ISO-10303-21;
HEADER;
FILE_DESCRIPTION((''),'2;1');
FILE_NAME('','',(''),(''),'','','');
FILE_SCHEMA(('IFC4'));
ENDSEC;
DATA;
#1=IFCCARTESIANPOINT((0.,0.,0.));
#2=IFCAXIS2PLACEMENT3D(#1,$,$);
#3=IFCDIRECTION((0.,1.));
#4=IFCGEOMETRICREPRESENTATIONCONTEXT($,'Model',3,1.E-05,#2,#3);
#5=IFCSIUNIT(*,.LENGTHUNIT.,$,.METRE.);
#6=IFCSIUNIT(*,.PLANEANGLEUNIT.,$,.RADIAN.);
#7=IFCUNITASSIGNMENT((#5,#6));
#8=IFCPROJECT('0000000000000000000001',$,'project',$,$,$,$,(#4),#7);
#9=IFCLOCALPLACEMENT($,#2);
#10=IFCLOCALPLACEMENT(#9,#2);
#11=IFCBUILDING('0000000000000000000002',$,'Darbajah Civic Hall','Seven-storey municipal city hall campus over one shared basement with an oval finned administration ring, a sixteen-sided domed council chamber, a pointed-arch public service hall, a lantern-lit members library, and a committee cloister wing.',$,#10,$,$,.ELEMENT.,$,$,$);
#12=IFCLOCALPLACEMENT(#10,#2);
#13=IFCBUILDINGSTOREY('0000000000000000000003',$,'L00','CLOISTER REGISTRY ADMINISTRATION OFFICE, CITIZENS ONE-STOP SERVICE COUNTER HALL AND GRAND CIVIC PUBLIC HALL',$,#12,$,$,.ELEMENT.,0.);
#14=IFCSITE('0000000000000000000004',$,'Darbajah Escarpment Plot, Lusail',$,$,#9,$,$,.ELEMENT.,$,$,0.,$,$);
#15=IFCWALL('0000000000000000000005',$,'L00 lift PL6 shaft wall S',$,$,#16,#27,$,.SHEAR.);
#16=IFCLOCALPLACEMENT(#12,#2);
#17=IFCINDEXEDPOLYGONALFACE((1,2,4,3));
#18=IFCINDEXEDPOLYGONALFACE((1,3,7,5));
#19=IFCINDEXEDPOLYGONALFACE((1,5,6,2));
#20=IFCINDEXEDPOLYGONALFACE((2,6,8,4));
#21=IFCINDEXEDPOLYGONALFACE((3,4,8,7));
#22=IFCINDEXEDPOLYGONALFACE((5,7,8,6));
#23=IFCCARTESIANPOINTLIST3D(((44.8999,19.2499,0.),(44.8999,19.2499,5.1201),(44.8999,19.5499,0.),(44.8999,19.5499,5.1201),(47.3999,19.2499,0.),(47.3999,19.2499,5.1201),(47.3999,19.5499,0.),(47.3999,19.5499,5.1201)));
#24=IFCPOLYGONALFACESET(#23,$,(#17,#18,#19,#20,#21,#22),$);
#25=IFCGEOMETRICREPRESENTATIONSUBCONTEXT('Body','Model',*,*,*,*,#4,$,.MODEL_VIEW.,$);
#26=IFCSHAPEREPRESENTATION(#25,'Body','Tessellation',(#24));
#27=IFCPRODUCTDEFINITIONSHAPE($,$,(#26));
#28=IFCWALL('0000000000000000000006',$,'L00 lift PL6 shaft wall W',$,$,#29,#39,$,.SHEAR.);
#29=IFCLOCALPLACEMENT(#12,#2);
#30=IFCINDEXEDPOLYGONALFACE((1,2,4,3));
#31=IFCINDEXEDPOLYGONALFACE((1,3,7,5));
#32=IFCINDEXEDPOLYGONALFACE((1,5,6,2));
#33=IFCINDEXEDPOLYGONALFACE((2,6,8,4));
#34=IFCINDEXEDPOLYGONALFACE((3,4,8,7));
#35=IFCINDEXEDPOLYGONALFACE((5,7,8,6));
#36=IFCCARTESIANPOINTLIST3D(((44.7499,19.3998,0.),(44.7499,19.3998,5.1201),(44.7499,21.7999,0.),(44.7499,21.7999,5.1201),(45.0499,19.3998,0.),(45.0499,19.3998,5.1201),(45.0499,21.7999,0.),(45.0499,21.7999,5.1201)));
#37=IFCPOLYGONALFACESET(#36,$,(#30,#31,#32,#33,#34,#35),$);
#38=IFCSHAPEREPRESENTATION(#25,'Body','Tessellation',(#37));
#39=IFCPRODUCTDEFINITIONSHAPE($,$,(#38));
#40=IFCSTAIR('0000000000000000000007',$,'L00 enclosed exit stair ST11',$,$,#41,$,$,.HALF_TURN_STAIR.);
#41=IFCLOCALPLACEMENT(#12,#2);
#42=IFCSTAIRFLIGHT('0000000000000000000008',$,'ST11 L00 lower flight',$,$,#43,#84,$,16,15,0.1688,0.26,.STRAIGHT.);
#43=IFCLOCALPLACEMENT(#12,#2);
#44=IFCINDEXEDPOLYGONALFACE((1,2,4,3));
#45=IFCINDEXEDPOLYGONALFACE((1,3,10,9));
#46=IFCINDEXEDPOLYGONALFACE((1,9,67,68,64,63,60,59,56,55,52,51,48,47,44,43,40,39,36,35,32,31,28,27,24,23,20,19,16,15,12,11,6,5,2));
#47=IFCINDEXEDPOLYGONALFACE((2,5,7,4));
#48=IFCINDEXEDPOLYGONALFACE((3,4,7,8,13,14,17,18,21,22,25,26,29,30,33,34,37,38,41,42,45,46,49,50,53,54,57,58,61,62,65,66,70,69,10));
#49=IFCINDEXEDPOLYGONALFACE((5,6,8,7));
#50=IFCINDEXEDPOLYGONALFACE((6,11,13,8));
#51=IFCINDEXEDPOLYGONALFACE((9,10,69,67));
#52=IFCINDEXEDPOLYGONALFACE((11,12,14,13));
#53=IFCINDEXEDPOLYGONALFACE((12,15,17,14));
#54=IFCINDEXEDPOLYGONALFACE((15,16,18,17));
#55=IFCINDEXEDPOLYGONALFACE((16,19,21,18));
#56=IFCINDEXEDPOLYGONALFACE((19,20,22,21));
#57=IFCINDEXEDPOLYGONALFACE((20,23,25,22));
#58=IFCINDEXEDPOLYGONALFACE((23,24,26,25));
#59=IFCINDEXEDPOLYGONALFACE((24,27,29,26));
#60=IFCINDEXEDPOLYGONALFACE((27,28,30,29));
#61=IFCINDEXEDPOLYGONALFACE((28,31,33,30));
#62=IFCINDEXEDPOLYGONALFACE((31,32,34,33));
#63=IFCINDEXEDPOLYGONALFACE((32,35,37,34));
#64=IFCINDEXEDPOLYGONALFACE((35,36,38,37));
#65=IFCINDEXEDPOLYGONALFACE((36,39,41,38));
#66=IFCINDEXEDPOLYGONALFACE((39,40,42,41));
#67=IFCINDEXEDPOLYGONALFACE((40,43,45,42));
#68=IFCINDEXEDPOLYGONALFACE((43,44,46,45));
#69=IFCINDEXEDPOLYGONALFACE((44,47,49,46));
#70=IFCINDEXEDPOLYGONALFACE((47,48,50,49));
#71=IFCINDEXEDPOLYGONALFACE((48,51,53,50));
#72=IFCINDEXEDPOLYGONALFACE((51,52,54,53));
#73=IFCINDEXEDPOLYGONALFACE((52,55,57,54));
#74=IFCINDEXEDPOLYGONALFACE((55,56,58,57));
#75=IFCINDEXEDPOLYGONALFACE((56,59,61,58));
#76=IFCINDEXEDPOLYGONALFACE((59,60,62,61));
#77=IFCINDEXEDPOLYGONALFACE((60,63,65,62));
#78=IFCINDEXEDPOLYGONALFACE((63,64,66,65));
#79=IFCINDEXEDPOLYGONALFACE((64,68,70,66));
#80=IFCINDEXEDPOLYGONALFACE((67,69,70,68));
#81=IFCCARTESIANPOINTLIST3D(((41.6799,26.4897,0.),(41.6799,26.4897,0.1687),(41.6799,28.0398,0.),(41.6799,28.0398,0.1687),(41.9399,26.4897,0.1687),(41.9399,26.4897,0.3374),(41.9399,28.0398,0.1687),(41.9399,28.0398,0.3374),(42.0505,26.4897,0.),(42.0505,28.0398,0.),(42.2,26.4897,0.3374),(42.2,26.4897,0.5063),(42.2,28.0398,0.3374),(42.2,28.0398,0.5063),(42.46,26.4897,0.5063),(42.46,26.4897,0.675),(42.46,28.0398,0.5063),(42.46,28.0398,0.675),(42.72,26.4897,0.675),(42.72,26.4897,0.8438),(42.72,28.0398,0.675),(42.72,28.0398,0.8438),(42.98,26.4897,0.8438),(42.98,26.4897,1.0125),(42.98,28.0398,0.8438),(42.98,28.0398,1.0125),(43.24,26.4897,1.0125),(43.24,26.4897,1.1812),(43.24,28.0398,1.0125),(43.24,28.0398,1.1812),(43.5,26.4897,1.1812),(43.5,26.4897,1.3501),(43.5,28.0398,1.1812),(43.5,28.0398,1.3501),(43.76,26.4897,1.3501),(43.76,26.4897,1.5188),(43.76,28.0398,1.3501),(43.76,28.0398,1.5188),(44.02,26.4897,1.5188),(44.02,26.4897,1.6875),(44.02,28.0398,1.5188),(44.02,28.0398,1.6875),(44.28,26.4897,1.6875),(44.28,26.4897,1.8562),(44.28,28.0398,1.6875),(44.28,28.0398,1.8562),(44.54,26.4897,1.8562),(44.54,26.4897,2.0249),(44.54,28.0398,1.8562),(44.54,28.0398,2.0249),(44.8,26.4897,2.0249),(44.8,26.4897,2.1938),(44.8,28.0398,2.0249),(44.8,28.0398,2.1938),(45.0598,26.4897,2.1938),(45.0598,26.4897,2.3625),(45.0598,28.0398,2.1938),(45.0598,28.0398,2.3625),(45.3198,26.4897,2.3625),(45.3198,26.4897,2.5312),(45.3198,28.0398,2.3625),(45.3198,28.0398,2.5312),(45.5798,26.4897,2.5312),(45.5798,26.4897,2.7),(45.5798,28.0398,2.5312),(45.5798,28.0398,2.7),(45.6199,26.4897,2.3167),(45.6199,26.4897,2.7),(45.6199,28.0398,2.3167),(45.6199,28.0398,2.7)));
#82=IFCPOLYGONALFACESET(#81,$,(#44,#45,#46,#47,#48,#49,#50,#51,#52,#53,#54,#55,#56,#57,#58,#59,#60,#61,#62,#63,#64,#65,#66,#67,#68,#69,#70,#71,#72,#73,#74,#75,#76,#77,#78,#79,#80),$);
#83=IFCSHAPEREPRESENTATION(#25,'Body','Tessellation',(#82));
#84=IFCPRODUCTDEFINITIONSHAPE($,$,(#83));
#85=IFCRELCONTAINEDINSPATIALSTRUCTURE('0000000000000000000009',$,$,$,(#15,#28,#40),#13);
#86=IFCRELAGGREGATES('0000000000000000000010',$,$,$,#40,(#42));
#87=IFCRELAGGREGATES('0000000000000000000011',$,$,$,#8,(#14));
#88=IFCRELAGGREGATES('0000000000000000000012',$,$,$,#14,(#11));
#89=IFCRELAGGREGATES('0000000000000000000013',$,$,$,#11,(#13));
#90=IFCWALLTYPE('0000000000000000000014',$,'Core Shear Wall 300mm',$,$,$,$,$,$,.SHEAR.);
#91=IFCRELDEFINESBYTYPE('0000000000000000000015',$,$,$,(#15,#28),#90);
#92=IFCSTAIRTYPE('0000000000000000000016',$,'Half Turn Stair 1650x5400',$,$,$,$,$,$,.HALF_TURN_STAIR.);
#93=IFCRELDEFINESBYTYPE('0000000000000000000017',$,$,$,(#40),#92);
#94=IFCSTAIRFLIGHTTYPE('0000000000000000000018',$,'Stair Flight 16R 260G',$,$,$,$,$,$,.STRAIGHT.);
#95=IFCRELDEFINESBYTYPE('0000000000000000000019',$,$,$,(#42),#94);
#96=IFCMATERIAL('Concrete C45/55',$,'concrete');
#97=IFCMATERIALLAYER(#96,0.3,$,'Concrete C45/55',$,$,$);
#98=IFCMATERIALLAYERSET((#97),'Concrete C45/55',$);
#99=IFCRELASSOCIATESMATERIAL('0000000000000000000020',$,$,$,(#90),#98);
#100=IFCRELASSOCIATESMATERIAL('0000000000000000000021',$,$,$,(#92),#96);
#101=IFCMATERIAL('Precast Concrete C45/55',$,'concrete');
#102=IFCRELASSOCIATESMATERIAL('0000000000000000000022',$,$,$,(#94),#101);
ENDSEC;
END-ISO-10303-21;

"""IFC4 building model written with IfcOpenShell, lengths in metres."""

from ifc_helpers import new_model, si_unit, direction, frame, frame_2d, origin, place, context, subcontext, project, spatial, polyline, rectangle, outline, extrude, material, layer, layer_set, type_object, element, aggregate, save


model = new_model("IFC4")

# Units and contexts
model_context = context("Model", 3, precision=1e-05, world=origin(), true_north=direction((0.0, 1.0)))
body_context = subcontext(model_context, "Body", "Model", "MODEL_VIEW")
ifc_project = project(units=[si_unit("LENGTHUNIT", "METRE"), si_unit("PLANEANGLEUNIT", "RADIAN")], contexts=[model_context])

# Site, building, storey
site_placement = place(None, origin())
site = spatial("IfcSite", under=ifc_project, at=site_placement, Name="Darbajah Escarpment Plot, Lusail", CompositionType="ELEMENT", RefElevation=0.0)
building_placement = place(site_placement, origin())
building = spatial("IfcBuilding", under=site, at=building_placement, Name="Darbajah Civic Hall", Description="Seven-storey municipal city hall campus over one shared basement with an oval finned administration ring, a sixteen-sided domed council chamber, a pointed-arch public service hall, a lantern-lit members library, and a committee cloister wing.", CompositionType="ELEMENT")
storey_placement = place(building_placement, origin())
storey = spatial("IfcBuildingStorey", under=building, at=storey_placement, Name="L00", Description="CLOISTER REGISTRY ADMINISTRATION OFFICE, CITIZENS ONE-STOP SERVICE COUNTER HALL AND GRAND CIVIC PUBLIC HALL", CompositionType="ELEMENT", Elevation=0.0)

# Shared definitions
ifc_material_1 = material(Name="Concrete C45/55", Category="concrete")

# Shared definitions
ifc_layer = layer(ifc_material_1, 0.3, Name="Concrete C45/55")
ifc_layer_set = layer_set([ifc_layer], Name="Concrete C45/55")
wall_type = type_object("IfcWallType", Name="Core Shear Wall 300mm", PredefinedType="SHEAR", material=ifc_layer_set)

# Walls
wall_1_placement = place(storey_placement, frame((44.8999, 19.3999, 0.0), z_axis=(0.0, 0.0, 1.0), x_axis=(1.0, 0.0, 0.0)))
element("IfcWall", 1, at=wall_1_placement, inside=storey, type_object=wall_type, Name="L00 lift PL6 shaft wall S", PredefinedType="SHEAR", context=body_context, shape_type="SweptSolid", body=[
    extrude(rectangle(XDim=2.5, YDim=0.3, at=frame_2d((1.25, 0.0))), origin(), (0.0, 0.0, 1.0), 5.1201),
])
wall_2_placement = place(storey_placement, frame((44.8999, 21.8, 0.0), z_axis=(0.0, 0.0, 1.0), x_axis=(0.0, -1.0, 0.0)))
element("IfcWall", 2, at=wall_2_placement, inside=storey, type_object=wall_type, Name="L00 lift PL6 shaft wall W", PredefinedType="SHEAR", context=body_context, shape_type="SweptSolid", body=[
    extrude(rectangle(XDim=2.4001, YDim=0.3, at=frame_2d((1.2002, 0.0))), origin(), (0.0, 0.0, 1.0), 5.1201),
])

# Stair, stair flight
stair_type = type_object("IfcStairType", Name="Half Turn Stair 1650x5400", PredefinedType="HALF_TURN_STAIR", material=ifc_material_1)
stair_placement = place(storey_placement, origin())
stair = element("IfcStair", 3, at=stair_placement, inside=storey, type_object=stair_type, Name="L00 enclosed exit stair ST11", PredefinedType="HALF_TURN_STAIR")
ifc_material_2 = material(Name="Precast Concrete C45/55", Category="concrete")
stair_flight_type = type_object("IfcStairFlightType", Name="Stair Flight 16R 260G", PredefinedType="STRAIGHT", material=ifc_material_2)
stair_flight_placement = place(storey_placement, frame((41.6799, 27.2649, 0.0), z_axis=(0.0, 0.0, 1.0), x_axis=(1.0, 0.0, 0.0)))
stair_flight = element("IfcStairFlight", 4, at=stair_flight_placement, type_object=stair_flight_type, Name="ST11 L00 lower flight", NumberOfRisers=16, NumberOfTreads=15, PredefinedType="STRAIGHT", RiserHeight=0.1688, TreadLength=0.26, context=body_context, shape_type="SweptSolid", body=[
    extrude(outline(polyline([(0.0, 0.0), (0.0, 0.1687), (0.26, 0.1687), (0.26, 0.3374), (0.52, 0.3374), (0.52, 0.5063), (0.78, 0.5063), (0.78, 0.675), (1.04, 0.675), (1.04, 0.8438), (1.3, 0.8438), (1.3, 1.0125), (1.5601, 1.0125), (1.5601, 1.1812), (1.8201, 1.1812), (1.8201, 1.3501), (2.0801, 1.3501), (2.0801, 1.5188), (2.3401, 1.5188), (2.3401, 1.6875), (2.6001, 1.6875), (2.6001, 1.8562), (2.8601, 1.8562), (2.8601, 2.0249), (3.1201, 2.0249), (3.1201, 2.1938), (3.3799, 2.1938), (3.3799, 2.3625), (3.6399, 2.3625), (3.6399, 2.5312), (3.8999, 2.5312), (3.8999, 2.7), (3.9399, 2.7), (3.9399, 2.3167), (0.3706, 0.0), (0.0, 0.0)])), frame((0.0, 0.7749, 0.0), z_axis=(0.0, -1.0, 0.0), x_axis=(1.0, 0.0, 0.0)), (0.0, 0.0, 1.0), 1.55),
])
aggregate(stair, [stair_flight])

save(model, "model.ifc")
